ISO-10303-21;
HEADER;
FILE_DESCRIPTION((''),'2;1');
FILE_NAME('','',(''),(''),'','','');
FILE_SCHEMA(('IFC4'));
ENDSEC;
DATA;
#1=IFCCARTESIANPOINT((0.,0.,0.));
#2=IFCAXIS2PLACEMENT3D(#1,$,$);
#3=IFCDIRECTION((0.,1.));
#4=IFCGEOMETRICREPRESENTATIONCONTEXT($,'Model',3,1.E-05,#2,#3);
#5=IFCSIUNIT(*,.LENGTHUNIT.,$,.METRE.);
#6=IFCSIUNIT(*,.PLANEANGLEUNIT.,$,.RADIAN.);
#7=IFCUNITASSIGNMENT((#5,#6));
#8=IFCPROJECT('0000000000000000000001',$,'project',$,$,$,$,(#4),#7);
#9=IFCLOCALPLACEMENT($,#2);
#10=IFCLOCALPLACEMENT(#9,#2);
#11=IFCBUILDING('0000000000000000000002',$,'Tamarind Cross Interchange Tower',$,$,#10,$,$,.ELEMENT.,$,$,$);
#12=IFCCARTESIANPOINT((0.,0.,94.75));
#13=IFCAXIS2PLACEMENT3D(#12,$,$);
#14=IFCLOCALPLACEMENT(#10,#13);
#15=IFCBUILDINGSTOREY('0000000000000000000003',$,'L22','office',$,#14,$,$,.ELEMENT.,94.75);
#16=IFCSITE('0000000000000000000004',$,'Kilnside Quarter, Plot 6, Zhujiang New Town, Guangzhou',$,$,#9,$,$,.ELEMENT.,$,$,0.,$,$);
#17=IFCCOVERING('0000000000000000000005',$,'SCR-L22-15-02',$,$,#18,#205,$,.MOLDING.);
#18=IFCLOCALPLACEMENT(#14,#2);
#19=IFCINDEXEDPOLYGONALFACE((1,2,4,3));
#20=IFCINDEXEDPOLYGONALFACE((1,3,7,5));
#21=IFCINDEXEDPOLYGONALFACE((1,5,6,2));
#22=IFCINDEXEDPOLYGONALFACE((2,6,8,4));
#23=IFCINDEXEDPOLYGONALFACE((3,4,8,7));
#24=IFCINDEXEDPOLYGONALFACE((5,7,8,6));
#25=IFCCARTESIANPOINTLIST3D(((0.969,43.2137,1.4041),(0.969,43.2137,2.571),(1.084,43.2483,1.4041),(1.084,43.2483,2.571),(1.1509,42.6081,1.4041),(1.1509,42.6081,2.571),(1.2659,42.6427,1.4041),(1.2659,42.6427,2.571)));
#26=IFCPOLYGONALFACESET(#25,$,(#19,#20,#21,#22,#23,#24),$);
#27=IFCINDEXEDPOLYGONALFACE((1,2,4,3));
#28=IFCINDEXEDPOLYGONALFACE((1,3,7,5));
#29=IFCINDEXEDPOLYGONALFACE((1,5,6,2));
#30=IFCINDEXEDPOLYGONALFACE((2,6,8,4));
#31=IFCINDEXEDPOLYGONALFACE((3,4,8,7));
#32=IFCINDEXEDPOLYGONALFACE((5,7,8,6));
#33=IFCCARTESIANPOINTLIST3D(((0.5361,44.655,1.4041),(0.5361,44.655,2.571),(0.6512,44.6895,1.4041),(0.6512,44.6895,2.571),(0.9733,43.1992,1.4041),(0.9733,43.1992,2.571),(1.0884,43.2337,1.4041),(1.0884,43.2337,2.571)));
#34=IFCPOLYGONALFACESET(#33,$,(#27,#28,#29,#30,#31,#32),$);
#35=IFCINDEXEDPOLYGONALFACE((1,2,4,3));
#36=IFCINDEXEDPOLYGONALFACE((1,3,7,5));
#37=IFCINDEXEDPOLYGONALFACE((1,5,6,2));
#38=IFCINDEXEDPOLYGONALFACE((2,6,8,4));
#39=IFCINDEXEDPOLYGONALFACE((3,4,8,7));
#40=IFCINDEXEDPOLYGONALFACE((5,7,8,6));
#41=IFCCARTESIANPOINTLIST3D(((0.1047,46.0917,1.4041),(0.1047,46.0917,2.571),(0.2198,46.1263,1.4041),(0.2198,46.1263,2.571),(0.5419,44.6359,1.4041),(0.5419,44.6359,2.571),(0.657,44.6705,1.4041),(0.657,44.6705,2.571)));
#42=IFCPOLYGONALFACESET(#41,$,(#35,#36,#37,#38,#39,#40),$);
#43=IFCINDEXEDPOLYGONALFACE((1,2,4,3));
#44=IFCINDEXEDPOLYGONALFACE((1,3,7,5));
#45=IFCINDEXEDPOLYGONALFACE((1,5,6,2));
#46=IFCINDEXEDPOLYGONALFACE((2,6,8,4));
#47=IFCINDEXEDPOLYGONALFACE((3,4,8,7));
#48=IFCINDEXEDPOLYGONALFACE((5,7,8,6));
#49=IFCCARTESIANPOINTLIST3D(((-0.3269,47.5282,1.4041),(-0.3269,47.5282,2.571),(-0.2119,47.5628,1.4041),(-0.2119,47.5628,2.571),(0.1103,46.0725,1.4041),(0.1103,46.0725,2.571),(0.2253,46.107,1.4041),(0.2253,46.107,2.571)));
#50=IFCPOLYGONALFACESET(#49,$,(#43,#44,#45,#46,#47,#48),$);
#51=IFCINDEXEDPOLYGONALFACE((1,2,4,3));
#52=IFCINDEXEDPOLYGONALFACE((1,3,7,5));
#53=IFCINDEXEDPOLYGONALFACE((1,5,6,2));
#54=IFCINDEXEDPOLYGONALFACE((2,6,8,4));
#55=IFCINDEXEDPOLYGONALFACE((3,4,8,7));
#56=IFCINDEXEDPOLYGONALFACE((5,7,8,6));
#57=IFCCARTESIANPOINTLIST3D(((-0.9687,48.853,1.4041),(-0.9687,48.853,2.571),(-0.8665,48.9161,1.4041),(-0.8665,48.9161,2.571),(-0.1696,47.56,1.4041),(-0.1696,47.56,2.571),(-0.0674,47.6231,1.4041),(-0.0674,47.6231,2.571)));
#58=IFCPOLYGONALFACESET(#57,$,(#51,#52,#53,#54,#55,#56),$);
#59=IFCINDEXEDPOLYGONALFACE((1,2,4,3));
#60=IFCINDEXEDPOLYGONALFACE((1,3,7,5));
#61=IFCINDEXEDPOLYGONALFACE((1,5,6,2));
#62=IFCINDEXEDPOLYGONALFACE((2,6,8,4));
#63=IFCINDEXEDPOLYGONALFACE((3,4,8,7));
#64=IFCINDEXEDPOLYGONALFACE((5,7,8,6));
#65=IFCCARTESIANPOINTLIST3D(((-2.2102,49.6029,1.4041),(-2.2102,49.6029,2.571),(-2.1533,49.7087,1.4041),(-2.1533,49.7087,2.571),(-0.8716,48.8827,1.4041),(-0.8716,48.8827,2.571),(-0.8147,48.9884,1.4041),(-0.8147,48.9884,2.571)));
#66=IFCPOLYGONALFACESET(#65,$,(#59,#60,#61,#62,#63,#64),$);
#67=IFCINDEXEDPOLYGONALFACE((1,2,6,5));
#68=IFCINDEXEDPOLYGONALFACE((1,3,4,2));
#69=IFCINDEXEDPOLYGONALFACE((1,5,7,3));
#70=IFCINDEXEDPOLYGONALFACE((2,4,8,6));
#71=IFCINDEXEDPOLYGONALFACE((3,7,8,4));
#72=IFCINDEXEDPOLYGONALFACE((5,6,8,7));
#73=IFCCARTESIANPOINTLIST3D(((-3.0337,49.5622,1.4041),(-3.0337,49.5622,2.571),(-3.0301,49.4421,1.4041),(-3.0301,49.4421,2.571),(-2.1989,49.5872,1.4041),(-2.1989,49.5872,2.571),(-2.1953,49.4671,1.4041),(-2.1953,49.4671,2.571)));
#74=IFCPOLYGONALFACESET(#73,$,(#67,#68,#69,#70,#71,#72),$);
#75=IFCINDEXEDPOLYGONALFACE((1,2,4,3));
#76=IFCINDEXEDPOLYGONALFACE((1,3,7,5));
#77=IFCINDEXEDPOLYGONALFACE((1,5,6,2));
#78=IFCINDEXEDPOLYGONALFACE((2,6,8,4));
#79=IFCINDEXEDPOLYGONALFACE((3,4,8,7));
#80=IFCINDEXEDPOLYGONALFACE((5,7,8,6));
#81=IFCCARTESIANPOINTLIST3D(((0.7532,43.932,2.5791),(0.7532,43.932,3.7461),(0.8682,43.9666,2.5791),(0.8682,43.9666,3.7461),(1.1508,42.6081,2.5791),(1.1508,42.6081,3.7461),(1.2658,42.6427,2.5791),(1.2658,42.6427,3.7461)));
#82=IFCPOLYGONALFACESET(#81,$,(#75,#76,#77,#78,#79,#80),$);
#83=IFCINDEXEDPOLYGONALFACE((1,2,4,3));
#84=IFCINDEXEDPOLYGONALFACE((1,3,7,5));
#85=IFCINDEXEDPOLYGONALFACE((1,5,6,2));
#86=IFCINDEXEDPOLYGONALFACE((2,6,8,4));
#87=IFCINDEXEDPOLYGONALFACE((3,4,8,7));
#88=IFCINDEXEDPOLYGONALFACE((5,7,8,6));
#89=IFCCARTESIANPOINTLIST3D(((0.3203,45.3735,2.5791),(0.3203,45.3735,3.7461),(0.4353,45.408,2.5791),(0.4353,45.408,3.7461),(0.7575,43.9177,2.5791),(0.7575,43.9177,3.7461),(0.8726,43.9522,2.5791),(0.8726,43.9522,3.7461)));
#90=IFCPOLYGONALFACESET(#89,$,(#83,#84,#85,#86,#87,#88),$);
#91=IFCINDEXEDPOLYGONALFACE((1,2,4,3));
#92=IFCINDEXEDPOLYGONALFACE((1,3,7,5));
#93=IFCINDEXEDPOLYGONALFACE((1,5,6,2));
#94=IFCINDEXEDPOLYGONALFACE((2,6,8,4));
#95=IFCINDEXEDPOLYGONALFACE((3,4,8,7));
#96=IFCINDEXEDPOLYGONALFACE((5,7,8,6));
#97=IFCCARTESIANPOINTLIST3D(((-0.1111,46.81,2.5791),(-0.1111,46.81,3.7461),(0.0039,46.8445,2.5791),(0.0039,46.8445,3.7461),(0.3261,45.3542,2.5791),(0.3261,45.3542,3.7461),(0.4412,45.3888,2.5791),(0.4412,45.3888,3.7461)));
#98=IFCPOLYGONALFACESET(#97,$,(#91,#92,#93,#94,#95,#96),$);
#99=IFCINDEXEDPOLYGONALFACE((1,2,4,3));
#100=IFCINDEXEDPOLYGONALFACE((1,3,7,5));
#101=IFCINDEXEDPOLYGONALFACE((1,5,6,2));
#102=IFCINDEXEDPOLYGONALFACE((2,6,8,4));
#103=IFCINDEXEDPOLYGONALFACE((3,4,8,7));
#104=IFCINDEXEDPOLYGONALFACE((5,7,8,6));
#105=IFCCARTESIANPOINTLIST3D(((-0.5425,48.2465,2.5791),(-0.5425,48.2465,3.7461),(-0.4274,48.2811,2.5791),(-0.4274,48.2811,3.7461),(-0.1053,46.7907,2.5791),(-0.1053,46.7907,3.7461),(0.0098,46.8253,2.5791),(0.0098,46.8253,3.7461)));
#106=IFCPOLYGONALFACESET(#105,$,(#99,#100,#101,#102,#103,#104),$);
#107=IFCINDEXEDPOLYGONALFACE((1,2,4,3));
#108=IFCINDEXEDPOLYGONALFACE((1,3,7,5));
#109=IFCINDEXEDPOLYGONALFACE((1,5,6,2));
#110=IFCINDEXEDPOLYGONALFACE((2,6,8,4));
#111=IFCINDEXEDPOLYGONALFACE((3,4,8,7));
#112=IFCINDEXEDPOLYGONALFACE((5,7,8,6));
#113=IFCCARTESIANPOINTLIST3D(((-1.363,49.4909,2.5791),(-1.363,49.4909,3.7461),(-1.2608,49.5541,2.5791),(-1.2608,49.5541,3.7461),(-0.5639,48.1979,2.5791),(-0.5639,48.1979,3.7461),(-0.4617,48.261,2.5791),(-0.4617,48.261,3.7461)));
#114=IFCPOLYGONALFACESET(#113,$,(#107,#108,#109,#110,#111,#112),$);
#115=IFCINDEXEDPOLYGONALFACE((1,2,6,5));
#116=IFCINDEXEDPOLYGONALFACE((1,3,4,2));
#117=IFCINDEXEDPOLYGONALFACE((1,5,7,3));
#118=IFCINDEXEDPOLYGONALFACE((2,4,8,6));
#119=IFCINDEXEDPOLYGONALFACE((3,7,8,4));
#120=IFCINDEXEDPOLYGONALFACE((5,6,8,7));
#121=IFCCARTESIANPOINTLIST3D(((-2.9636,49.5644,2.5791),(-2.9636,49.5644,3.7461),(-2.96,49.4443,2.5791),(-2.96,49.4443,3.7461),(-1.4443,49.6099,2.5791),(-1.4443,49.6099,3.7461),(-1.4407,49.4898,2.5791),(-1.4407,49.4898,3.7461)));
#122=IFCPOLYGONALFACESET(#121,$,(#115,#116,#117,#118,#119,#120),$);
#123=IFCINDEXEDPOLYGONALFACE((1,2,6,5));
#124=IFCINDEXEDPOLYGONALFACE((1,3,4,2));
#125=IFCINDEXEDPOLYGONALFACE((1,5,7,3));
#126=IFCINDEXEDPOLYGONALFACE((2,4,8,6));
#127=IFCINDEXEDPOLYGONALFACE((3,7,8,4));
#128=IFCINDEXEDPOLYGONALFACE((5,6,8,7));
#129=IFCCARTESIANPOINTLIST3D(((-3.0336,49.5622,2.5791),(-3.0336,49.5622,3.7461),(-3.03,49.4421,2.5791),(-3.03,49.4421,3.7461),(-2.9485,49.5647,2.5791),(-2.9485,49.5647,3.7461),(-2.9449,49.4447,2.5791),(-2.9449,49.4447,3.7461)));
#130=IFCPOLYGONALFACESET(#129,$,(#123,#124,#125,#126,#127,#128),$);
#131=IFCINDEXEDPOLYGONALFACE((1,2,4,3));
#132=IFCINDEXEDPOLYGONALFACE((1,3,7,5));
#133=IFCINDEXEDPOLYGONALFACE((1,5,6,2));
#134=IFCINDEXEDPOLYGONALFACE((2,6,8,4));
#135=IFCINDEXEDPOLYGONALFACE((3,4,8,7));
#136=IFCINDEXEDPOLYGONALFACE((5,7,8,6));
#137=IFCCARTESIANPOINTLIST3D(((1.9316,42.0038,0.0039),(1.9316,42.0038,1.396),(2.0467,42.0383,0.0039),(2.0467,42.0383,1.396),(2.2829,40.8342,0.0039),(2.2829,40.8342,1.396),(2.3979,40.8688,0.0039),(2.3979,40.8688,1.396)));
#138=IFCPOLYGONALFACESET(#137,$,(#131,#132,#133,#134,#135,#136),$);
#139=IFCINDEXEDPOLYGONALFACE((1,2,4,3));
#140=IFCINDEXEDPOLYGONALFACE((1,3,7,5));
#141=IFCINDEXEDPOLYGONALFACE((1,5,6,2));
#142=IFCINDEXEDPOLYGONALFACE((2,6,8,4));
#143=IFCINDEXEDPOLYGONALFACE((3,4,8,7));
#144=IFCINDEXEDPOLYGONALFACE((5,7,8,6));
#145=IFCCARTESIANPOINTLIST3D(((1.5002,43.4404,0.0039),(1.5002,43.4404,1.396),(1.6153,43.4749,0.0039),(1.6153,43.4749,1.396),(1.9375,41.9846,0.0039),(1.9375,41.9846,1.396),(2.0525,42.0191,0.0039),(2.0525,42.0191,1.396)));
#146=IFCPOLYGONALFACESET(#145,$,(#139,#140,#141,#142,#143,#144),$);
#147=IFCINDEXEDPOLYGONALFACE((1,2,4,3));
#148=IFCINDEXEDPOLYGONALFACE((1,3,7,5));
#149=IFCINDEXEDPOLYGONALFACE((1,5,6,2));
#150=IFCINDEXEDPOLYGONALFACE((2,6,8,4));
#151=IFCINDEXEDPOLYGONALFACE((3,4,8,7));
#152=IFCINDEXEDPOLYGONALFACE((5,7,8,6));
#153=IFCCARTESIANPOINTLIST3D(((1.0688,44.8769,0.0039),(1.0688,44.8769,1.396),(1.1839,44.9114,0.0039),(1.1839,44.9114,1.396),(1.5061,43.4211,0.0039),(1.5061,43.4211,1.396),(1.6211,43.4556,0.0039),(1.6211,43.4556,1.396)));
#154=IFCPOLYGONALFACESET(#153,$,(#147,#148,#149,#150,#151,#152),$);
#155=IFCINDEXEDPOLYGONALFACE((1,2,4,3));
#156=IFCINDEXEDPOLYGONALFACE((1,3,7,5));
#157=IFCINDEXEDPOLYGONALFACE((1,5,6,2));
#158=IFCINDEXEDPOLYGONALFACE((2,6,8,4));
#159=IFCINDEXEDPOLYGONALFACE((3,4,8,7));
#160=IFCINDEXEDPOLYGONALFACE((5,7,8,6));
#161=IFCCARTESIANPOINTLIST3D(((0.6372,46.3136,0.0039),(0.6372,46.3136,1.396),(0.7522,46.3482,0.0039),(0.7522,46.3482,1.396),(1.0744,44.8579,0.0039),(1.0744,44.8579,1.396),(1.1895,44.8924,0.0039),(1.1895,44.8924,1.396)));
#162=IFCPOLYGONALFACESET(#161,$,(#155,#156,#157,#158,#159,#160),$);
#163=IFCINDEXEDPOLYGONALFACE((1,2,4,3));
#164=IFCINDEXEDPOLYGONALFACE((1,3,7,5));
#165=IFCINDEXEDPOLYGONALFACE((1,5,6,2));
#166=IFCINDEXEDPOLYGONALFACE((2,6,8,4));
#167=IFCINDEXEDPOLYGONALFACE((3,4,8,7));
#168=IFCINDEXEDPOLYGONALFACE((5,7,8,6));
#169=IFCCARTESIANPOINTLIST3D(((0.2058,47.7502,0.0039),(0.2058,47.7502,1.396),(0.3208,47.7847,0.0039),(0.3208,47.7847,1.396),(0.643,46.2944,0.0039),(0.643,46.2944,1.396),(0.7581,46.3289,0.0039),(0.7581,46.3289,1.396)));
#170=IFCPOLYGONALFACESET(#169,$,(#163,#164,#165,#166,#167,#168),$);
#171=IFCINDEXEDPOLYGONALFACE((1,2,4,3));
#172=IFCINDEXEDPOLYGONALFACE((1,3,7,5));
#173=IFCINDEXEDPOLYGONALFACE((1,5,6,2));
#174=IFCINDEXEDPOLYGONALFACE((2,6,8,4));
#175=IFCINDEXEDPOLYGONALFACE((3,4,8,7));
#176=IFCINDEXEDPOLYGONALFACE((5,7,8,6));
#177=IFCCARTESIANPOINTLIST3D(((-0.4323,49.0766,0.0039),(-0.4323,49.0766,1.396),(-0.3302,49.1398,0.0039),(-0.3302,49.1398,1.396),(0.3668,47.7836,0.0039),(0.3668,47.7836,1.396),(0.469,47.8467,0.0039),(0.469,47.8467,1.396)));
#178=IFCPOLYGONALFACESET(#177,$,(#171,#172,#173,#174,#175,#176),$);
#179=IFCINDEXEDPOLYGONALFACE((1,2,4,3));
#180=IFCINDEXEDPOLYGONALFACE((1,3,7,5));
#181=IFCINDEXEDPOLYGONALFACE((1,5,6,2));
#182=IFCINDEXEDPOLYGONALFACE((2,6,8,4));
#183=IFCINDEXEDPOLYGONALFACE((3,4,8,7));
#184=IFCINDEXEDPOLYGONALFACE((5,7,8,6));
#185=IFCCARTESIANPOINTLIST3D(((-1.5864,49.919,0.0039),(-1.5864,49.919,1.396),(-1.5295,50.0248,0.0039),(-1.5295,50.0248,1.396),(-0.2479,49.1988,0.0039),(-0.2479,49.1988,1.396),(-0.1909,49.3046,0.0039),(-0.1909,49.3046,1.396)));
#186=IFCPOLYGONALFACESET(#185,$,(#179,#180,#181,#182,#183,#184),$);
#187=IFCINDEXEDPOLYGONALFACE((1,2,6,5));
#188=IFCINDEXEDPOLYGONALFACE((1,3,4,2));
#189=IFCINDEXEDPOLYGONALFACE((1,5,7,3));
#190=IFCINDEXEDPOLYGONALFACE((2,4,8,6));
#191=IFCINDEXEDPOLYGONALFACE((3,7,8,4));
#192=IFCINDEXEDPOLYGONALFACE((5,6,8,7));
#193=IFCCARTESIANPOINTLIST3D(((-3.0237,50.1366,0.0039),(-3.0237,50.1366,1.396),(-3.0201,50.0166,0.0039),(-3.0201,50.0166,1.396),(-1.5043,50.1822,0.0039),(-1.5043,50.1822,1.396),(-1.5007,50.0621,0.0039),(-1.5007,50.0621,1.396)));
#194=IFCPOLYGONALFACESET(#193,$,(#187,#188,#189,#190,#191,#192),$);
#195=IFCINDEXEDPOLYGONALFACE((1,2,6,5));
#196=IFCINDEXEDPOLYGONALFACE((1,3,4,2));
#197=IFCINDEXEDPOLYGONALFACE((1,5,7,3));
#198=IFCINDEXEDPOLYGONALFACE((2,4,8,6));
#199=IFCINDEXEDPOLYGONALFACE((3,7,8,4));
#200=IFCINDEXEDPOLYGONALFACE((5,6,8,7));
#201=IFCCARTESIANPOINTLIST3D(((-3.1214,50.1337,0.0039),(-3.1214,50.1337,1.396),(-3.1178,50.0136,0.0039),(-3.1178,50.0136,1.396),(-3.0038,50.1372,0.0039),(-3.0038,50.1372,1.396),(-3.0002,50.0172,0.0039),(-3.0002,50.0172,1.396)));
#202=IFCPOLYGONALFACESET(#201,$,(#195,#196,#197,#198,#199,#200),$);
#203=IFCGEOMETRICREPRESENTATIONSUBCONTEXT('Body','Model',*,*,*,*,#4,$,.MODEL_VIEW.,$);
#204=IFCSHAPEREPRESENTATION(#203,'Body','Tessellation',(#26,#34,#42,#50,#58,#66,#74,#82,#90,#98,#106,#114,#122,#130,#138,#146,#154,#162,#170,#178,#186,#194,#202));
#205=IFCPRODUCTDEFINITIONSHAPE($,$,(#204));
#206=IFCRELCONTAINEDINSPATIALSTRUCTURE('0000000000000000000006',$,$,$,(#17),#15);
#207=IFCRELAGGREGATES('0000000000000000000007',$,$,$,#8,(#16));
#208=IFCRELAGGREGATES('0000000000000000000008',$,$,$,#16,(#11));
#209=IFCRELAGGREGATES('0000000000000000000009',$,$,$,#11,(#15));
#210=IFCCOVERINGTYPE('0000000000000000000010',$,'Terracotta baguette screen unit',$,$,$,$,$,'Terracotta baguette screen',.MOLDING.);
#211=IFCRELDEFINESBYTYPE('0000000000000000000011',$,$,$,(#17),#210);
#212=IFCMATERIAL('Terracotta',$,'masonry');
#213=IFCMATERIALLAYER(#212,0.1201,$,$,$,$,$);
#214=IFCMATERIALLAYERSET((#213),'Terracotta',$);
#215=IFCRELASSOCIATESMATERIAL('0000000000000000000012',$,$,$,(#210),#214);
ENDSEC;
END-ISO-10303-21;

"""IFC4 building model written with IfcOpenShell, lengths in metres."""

from ifc_helpers import new_model, si_unit, direction, frame, origin, origin_2d, place, context, subcontext, project, spatial, rectangle, extrude, material, layer, layer_set, type_object, element, save


model = new_model("IFC4")

# Units and contexts
model_context = context("Model", 3, precision=1e-05, world=origin(), true_north=direction((0.0, 1.0)))
body_context = subcontext(model_context, "Body", "Model", "MODEL_VIEW")
ifc_project = project(units=[si_unit("LENGTHUNIT", "METRE"), si_unit("PLANEANGLEUNIT", "RADIAN")], contexts=[model_context])

# Site, building, storey
site_placement = place(None, origin())
site = spatial("IfcSite", under=ifc_project, at=site_placement, Name="Kilnside Quarter, Plot 6, Zhujiang New Town, Guangzhou", CompositionType="ELEMENT", RefElevation=0.0)
building_placement = place(site_placement, origin())
building = spatial("IfcBuilding", under=site, at=building_placement, Name="Tamarind Cross Interchange Tower", CompositionType="ELEMENT")
storey_placement = place(building_placement, frame((0.0, 0.0, 94.75)))
storey = spatial("IfcBuildingStorey", under=building, at=storey_placement, Name="L22", Description="office", CompositionType="ELEMENT", Elevation=94.75)

# Covering
ifc_material_1 = material(Name="Terracotta", Category="masonry")
ifc_layer_1 = layer(ifc_material_1, 0.1201)
ifc_layer_set_1 = layer_set([ifc_layer_1], Name="Terracotta")
covering_type = type_object("IfcCoveringType", Name="Terracotta baguette screen unit", ElementType="Terracotta baguette screen", PredefinedType="MOLDING", material=ifc_layer_set_1)
covering_1_placement = place(storey_placement, origin())
element("IfcCovering", 1, at=covering_1_placement, inside=storey, type_object=covering_type, Name="SCR-L22-15-02", PredefinedType="MOLDING", context=body_context, shape_type="SweptSolid", body=[
    extrude(rectangle(XDim=0.6323, YDim=0.1201, at=origin_2d()), frame((1.1174, 42.9282, 1.4041), z_axis=(0.0, 0.0, 1.0), x_axis=(-0.287641, 0.957738, 0.0)), (0.0, 0.0, 1.0), 1.167),
    extrude(rectangle(XDim=1.52, YDim=0.1201, at=origin_2d()), frame((0.8123, 43.9443, 1.4041), z_axis=(0.0, 0.0, 1.0), x_axis=(-0.287641, 0.957738, 0.0)), (0.0, 0.0, 1.0), 1.167),
    extrude(rectangle(XDim=1.52, YDim=0.1201, at=origin_2d()), frame((0.3809, 45.3811, 1.4041), z_axis=(0.0, 0.0, 1.0), x_axis=(-0.287641, 0.957738, 0.0)), (0.0, 0.0, 1.0), 1.167),
    extrude(rectangle(XDim=1.52, YDim=0.1201, at=origin_2d()), frame((-0.0508, 46.8176, 1.4041), z_axis=(0.0, 0.0, 1.0), x_axis=(-0.287641, 0.957738, 0.0)), (0.0, 0.0, 1.0), 1.167),
    extrude(rectangle(XDim=1.52, YDim=0.1201, at=origin_2d()), frame((-0.5181, 48.238, 1.4041), z_axis=(0.0, 0.0, 1.0), x_axis=(-0.525721, 0.850657, 0.0)), (0.0, 0.0, 1.0), 1.167),
    extrude(rectangle(XDim=1.52, YDim=0.1201, at=origin_2d()), frame((-1.5125, 49.2957, 1.4041), z_axis=(0.0, 0.0, 1.0), x_axis=(-0.880616, 0.47383, 0.0)), (0.0, 0.0, 1.0), 1.167),
    extrude(rectangle(XDim=0.8352, YDim=0.1201, at=origin_2d()), frame((-2.6145, 49.5146, 1.4041), z_axis=(0.0, 0.0, 1.0), x_axis=(-0.999551, -0.029959, 0.0)), (0.0, 0.0, 1.0), 1.167),
    extrude(rectangle(XDim=1.3823, YDim=0.1201, at=origin_2d()), frame((1.0095, 43.2874, 2.5791), z_axis=(0.0, 0.0, 1.0), x_axis=(-0.287641, 0.957738, 0.0)), (0.0, 0.0, 1.0), 1.167),
    extrude(rectangle(XDim=1.52, YDim=0.1201, at=origin_2d()), frame((0.5964, 44.6628, 2.5791), z_axis=(0.0, 0.0, 1.0), x_axis=(-0.287641, 0.957738, 0.0)), (0.0, 0.0, 1.0), 1.167),
    extrude(rectangle(XDim=1.52, YDim=0.1201, at=origin_2d()), frame((0.165, 46.0994, 2.5791), z_axis=(0.0, 0.0, 1.0), x_axis=(-0.287641, 0.957738, 0.0)), (0.0, 0.0, 1.0), 1.167),
    extrude(rectangle(XDim=1.52, YDim=0.1201, at=origin_2d()), frame((-0.2664, 47.5359, 2.5791), z_axis=(0.0, 0.0, 1.0), x_axis=(-0.287641, 0.957738, 0.0)), (0.0, 0.0, 1.0), 1.167),
    extrude(rectangle(XDim=1.52, YDim=0.1201, at=origin_2d()), frame((-0.9124, 48.876, 2.5791), z_axis=(0.0, 0.0, 1.0), x_axis=(-0.525721, 0.850657, 0.0)), (0.0, 0.0, 1.0), 1.167),
    extrude(rectangle(XDim=1.52, YDim=0.1201, at=origin_2d()), frame((-2.2021, 49.5271, 2.5791), z_axis=(0.0, 0.0, 1.0), x_axis=(-0.999551, -0.029959, 0.0)), (0.0, 0.0, 1.0), 1.167),
    extrude(rectangle(XDim=0.0852, YDim=0.1201, at=origin_2d()), frame((-2.9893, 49.5034, 2.5791), z_axis=(0.0, 0.0, 1.0), x_axis=(-0.999551, -0.029959, 0.0)), (0.0, 0.0, 1.0), 1.167),
    extrude(rectangle(XDim=1.2212, YDim=0.1201, at=origin_2d()), frame((2.1648, 41.4363, 0.0039), z_axis=(0.0, 0.0, 1.0), x_axis=(-0.287641, 0.957738, 0.0)), (0.0, 0.0, 1.0), 1.3921),
    extrude(rectangle(XDim=1.52, YDim=0.1201, at=origin_2d()), frame((1.7764, 42.7297, 0.0039), z_axis=(0.0, 0.0, 1.0), x_axis=(-0.287641, 0.957738, 0.0)), (0.0, 0.0, 1.0), 1.3921),
    extrude(rectangle(XDim=1.52, YDim=0.1201, at=origin_2d()), frame((1.345, 44.1663, 0.0039), z_axis=(0.0, 0.0, 1.0), x_axis=(-0.287641, 0.957738, 0.0)), (0.0, 0.0, 1.0), 1.3921),
    extrude(rectangle(XDim=1.52, YDim=0.1201, at=origin_2d()), frame((0.9133, 45.603, 0.0039), z_axis=(0.0, 0.0, 1.0), x_axis=(-0.287641, 0.957738, 0.0)), (0.0, 0.0, 1.0), 1.3921),
    extrude(rectangle(XDim=1.52, YDim=0.1201, at=origin_2d()), frame((0.4819, 47.0396, 0.0039), z_axis=(0.0, 0.0, 1.0), x_axis=(-0.287641, 0.957738, 0.0)), (0.0, 0.0, 1.0), 1.3921),
    extrude(rectangle(XDim=1.52, YDim=0.1201, at=origin_2d()), frame((0.0183, 48.4617, 0.0039), z_axis=(0.0, 0.0, 1.0), x_axis=(-0.525721, 0.850657, 0.0)), (0.0, 0.0, 1.0), 1.3921),
    extrude(rectangle(XDim=1.52, YDim=0.1201, at=origin_2d()), frame((-0.8887, 49.6118, 0.0039), z_axis=(0.0, 0.0, 1.0), x_axis=(-0.880616, 0.47383, 0.0)), (0.0, 0.0, 1.0), 1.3921),
    extrude(rectangle(XDim=1.52, YDim=0.1201, at=origin_2d()), frame((-2.2622, 50.0994, 0.0039), z_axis=(0.0, 0.0, 1.0), x_axis=(-0.999551, -0.029959, 0.0)), (0.0, 0.0, 1.0), 1.3921),
    extrude(rectangle(XDim=0.1177, YDim=0.1201, at=origin_2d()), frame((-3.0608, 50.0754, 0.0039), z_axis=(0.0, 0.0, 1.0), x_axis=(-0.999551, -0.029959, 0.0)), (0.0, 0.0, 1.0), 1.3921),
])

save(model, "model.ifc")
